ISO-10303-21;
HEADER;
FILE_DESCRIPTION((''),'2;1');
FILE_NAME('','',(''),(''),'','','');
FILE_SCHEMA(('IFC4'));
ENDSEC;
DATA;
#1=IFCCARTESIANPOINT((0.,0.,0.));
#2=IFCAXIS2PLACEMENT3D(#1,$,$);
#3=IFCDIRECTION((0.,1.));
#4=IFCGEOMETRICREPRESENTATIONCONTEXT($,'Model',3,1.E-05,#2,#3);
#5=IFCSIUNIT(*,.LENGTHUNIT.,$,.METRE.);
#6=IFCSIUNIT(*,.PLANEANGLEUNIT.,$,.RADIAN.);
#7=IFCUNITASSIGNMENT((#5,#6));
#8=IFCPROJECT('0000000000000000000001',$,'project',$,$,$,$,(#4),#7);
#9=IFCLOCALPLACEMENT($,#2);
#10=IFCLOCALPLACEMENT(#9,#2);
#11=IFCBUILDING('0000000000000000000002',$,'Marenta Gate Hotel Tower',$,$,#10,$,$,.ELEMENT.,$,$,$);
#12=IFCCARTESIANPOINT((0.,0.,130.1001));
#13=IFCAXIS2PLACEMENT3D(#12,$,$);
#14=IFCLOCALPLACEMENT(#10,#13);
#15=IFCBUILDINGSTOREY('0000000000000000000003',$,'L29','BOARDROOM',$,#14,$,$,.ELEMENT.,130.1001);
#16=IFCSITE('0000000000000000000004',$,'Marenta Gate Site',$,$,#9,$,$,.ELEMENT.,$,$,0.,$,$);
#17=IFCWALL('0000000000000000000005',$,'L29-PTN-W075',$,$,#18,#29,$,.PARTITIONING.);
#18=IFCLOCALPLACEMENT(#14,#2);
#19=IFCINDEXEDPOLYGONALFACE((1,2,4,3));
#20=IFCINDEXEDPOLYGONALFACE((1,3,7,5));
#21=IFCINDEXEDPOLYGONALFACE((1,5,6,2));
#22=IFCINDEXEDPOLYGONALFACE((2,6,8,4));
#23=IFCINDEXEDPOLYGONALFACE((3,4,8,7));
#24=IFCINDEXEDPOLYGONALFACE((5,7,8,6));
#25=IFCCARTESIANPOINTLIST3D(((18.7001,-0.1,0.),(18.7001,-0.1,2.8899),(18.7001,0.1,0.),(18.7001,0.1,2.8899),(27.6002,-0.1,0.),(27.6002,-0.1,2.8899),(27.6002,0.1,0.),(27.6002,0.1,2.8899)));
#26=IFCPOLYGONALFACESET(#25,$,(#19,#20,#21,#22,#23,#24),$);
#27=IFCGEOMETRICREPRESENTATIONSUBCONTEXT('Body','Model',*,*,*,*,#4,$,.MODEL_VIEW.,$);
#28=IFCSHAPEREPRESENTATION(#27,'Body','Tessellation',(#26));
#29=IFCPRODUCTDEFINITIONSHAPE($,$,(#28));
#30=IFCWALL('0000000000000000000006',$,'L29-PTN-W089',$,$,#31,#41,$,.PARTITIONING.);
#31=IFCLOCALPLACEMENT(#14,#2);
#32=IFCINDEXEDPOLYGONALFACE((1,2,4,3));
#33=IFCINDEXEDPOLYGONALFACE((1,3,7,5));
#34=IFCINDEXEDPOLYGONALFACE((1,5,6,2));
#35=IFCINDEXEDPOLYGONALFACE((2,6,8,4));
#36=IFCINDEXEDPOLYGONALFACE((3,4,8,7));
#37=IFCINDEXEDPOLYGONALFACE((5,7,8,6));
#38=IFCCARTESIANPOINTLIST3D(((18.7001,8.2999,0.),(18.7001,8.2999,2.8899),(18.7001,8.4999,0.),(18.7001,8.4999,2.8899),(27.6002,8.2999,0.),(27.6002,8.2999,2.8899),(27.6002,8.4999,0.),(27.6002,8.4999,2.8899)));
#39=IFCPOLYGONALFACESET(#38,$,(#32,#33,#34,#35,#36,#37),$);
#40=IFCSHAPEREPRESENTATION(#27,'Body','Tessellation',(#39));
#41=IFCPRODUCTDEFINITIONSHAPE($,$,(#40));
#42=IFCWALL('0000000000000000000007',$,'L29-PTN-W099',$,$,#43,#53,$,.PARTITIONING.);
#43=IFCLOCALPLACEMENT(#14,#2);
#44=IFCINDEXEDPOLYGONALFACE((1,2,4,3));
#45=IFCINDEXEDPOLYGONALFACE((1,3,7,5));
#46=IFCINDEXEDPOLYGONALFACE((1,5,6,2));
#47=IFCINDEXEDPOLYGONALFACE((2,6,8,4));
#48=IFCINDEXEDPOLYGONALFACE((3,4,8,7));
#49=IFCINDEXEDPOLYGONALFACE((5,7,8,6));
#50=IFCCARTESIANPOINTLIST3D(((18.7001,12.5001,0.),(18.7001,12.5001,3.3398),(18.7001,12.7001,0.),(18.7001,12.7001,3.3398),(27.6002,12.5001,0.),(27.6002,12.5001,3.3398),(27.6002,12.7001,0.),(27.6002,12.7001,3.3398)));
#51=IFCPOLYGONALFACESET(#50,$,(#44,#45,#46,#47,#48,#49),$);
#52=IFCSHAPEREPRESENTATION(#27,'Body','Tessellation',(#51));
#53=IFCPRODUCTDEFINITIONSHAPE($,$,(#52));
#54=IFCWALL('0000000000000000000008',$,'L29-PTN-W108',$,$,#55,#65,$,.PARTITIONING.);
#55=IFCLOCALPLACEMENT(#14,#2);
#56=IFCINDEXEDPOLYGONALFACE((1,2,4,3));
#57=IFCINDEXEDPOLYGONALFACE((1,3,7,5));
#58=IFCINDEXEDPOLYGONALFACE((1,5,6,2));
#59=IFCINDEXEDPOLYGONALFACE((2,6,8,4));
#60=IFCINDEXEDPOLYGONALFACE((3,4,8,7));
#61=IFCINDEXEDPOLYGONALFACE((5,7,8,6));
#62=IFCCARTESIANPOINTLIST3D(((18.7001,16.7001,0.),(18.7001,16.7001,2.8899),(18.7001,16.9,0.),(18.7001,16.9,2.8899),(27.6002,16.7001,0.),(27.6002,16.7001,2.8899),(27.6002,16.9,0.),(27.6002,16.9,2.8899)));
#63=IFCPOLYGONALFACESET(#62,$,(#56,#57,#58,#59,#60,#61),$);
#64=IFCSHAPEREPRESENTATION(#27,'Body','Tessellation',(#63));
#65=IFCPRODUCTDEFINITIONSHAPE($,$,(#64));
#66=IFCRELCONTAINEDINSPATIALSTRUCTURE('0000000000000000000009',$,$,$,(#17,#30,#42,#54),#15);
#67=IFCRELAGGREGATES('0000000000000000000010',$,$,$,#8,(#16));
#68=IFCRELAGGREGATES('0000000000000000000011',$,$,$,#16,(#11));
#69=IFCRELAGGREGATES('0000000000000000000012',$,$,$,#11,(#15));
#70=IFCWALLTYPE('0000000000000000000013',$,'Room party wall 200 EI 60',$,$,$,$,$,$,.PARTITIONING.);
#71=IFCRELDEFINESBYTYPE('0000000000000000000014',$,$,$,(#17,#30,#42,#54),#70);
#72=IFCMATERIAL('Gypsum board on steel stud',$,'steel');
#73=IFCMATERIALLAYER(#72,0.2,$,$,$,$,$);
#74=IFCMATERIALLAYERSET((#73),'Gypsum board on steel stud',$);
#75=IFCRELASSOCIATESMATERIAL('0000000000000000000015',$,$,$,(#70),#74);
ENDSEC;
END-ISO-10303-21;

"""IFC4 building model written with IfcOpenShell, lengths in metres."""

from ifc_helpers import new_model, si_unit, direction, frame, frame_2d, origin, place, context, subcontext, project, spatial, rectangle, extrude, material, layer, layer_set, type_object, element, save


model = new_model("IFC4")

# Units and contexts
model_context = context("Model", 3, precision=1e-05, world=origin(), true_north=direction((0.0, 1.0)))
body_context = subcontext(model_context, "Body", "Model", "MODEL_VIEW")
ifc_project = project(units=[si_unit("LENGTHUNIT", "METRE"), si_unit("PLANEANGLEUNIT", "RADIAN")], contexts=[model_context])

# Site, building, storey
site_placement = place(None, origin())
site = spatial("IfcSite", under=ifc_project, at=site_placement, Name="Marenta Gate Site", CompositionType="ELEMENT", RefElevation=0.0)
building_placement = place(site_placement, origin())
building = spatial("IfcBuilding", under=site, at=building_placement, Name="Marenta Gate Hotel Tower", CompositionType="ELEMENT")
storey_placement = place(building_placement, frame((0.0, 0.0, 130.1001)))
storey = spatial("IfcBuildingStorey", under=building, at=storey_placement, Name="L29", Description="BOARDROOM", CompositionType="ELEMENT", Elevation=130.1001)

# Walls
ifc_material_1 = material(Name="Gypsum board on steel stud", Category="steel")
ifc_layer_1 = layer(ifc_material_1, 0.2)
ifc_layer_set_1 = layer_set([ifc_layer_1], Name="Gypsum board on steel stud")
wall_type_1 = type_object("IfcWallType", Name="Room party wall 200 EI 60", PredefinedType="PARTITIONING", material=ifc_layer_set_1)
for number, where, z_axis, x_axis, name in (
    (1, (18.7, 0.0, 0.0), (0.0, 0.0, 1.0), (1.0, 0.0, 0.0), "L29-PTN-W075"),
    (2, (18.7, 8.3999, 0.0), (0.0, 0.0, 1.0), (1.0, 0.0, 0.0), "L29-PTN-W089"),
):
    element("IfcWall", number, at=place(storey_placement, frame(where, z_axis=z_axis, x_axis=x_axis)), inside=storey, type_object=wall_type_1, Name=name, PredefinedType="PARTITIONING", context=body_context, shape_type="SweptSolid", body=[
        extrude(rectangle(XDim=8.9001, YDim=0.2, at=frame_2d((4.4502, 0.0))), origin(), (0.0, 0.0, 1.0), 2.8899),
    ])
wall_1_placement = place(storey_placement, frame((18.7, 12.6001, 0.0), z_axis=(0.0, 0.0, 1.0), x_axis=(1.0, 0.0, 0.0)))
element("IfcWall", 3, at=wall_1_placement, inside=storey, type_object=wall_type_1, Name="L29-PTN-W099", PredefinedType="PARTITIONING", context=body_context, shape_type="SweptSolid", body=[
    extrude(rectangle(XDim=8.9001, YDim=0.2, at=frame_2d((4.4502, 0.0))), origin(), (0.0, 0.0, 1.0), 3.3398),
])
wall_2_placement = place(storey_placement, frame((18.7, 16.8, 0.0), z_axis=(0.0, 0.0, 1.0), x_axis=(1.0, 0.0, 0.0)))
element("IfcWall", 4, at=wall_2_placement, inside=storey, type_object=wall_type_1, Name="L29-PTN-W108", PredefinedType="PARTITIONING", context=body_context, shape_type="SweptSolid", body=[
    extrude(rectangle(XDim=8.9001, YDim=0.2, at=frame_2d((4.4502, 0.0))), origin(), (0.0, 0.0, 1.0), 2.8899),
])

save(model, "model.ifc")
